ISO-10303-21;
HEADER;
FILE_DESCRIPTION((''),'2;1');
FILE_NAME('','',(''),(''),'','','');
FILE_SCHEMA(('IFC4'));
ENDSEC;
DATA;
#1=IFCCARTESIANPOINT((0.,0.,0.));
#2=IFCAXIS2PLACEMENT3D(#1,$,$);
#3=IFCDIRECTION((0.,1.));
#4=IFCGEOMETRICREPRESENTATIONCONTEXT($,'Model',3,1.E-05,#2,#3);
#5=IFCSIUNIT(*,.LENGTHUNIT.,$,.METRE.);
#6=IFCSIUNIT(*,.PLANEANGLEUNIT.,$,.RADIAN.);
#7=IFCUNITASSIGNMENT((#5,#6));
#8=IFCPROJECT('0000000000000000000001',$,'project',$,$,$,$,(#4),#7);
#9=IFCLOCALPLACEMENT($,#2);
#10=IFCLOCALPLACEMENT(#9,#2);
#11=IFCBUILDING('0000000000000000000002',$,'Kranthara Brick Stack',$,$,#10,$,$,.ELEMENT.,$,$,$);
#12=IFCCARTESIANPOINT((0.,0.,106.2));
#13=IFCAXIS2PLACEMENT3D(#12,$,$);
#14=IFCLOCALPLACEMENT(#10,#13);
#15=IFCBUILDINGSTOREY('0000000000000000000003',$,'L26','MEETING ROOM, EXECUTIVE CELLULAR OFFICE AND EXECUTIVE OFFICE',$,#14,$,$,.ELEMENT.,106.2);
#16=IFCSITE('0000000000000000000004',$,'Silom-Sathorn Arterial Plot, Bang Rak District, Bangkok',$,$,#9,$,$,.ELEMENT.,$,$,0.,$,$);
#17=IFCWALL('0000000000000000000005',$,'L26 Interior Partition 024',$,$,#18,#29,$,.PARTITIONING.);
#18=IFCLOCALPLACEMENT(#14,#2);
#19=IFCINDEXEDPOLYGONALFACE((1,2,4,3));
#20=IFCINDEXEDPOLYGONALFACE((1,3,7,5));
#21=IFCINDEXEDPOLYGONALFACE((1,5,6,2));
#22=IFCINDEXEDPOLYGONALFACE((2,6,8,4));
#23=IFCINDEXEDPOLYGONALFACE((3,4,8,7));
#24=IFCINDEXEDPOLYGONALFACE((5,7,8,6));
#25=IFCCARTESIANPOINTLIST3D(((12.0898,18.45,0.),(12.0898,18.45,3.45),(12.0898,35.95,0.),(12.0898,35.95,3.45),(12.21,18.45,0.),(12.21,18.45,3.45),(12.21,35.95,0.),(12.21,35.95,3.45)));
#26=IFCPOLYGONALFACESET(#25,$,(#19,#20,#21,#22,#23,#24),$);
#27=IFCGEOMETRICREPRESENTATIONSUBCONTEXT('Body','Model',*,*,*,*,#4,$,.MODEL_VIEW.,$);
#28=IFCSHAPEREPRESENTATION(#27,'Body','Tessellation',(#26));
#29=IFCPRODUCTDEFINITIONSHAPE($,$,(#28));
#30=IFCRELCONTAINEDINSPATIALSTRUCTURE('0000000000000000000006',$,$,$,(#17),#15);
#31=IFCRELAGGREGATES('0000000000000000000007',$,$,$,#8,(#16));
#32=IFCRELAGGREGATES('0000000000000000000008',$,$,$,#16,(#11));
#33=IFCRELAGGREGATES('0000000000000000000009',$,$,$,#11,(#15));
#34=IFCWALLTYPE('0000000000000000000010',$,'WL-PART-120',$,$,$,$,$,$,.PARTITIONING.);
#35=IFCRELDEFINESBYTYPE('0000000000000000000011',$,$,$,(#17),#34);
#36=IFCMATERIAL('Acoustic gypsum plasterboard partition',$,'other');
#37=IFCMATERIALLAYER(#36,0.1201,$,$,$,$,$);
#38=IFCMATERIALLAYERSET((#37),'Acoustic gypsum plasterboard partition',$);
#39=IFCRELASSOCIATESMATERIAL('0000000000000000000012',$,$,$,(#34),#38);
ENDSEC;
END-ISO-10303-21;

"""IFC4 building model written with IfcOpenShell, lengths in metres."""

from ifc_helpers import new_model, si_unit, direction, frame, frame_2d, origin, place, context, subcontext, project, spatial, rectangle, extrude, material, layer, layer_set, type_object, element, save


model = new_model("IFC4")

# Units and contexts
model_context = context("Model", 3, precision=1e-05, world=origin(), true_north=direction((0.0, 1.0)))
body_context = subcontext(model_context, "Body", "Model", "MODEL_VIEW")
ifc_project = project(units=[si_unit("LENGTHUNIT", "METRE"), si_unit("PLANEANGLEUNIT", "RADIAN")], contexts=[model_context])

# Site, building, storey
site_placement = place(None, origin())
site = spatial("IfcSite", under=ifc_project, at=site_placement, Name="Silom-Sathorn Arterial Plot, Bang Rak District, Bangkok", CompositionType="ELEMENT", RefElevation=0.0)
building_placement = place(site_placement, origin())
building = spatial("IfcBuilding", under=site, at=building_placement, Name="Kranthara Brick Stack", CompositionType="ELEMENT")
storey_placement = place(building_placement, frame((0.0, 0.0, 106.2)))
storey = spatial("IfcBuildingStorey", under=building, at=storey_placement, Name="L26", Description="MEETING ROOM, EXECUTIVE CELLULAR OFFICE AND EXECUTIVE OFFICE", CompositionType="ELEMENT", Elevation=106.2)

# Wall
ifc_material_1 = material(Name="Acoustic gypsum plasterboard partition", Category="other")
ifc_layer_1 = layer(ifc_material_1, 0.1201)
ifc_layer_set_1 = layer_set([ifc_layer_1], Name="Acoustic gypsum plasterboard partition")
wall_type_1 = type_object("IfcWallType", Name="WL-PART-120", PredefinedType="PARTITIONING", material=ifc_layer_set_1)
wall_1_placement = place(storey_placement, frame((12.1499, 18.45, 0.0), z_axis=(0.0, 0.0, 1.0), x_axis=(0.0, 1.0, 0.0)))
element("IfcWall", 1, at=wall_1_placement, inside=storey, type_object=wall_type_1, Name="L26 Interior Partition 024", PredefinedType="PARTITIONING", context=body_context, shape_type="SweptSolid", body=[
    extrude(rectangle(XDim=17.5, YDim=0.1201, at=frame_2d((8.75, 0.0))), origin(), (0.0, 0.0, 1.0), 3.45),
])

save(model, "model.ifc")
